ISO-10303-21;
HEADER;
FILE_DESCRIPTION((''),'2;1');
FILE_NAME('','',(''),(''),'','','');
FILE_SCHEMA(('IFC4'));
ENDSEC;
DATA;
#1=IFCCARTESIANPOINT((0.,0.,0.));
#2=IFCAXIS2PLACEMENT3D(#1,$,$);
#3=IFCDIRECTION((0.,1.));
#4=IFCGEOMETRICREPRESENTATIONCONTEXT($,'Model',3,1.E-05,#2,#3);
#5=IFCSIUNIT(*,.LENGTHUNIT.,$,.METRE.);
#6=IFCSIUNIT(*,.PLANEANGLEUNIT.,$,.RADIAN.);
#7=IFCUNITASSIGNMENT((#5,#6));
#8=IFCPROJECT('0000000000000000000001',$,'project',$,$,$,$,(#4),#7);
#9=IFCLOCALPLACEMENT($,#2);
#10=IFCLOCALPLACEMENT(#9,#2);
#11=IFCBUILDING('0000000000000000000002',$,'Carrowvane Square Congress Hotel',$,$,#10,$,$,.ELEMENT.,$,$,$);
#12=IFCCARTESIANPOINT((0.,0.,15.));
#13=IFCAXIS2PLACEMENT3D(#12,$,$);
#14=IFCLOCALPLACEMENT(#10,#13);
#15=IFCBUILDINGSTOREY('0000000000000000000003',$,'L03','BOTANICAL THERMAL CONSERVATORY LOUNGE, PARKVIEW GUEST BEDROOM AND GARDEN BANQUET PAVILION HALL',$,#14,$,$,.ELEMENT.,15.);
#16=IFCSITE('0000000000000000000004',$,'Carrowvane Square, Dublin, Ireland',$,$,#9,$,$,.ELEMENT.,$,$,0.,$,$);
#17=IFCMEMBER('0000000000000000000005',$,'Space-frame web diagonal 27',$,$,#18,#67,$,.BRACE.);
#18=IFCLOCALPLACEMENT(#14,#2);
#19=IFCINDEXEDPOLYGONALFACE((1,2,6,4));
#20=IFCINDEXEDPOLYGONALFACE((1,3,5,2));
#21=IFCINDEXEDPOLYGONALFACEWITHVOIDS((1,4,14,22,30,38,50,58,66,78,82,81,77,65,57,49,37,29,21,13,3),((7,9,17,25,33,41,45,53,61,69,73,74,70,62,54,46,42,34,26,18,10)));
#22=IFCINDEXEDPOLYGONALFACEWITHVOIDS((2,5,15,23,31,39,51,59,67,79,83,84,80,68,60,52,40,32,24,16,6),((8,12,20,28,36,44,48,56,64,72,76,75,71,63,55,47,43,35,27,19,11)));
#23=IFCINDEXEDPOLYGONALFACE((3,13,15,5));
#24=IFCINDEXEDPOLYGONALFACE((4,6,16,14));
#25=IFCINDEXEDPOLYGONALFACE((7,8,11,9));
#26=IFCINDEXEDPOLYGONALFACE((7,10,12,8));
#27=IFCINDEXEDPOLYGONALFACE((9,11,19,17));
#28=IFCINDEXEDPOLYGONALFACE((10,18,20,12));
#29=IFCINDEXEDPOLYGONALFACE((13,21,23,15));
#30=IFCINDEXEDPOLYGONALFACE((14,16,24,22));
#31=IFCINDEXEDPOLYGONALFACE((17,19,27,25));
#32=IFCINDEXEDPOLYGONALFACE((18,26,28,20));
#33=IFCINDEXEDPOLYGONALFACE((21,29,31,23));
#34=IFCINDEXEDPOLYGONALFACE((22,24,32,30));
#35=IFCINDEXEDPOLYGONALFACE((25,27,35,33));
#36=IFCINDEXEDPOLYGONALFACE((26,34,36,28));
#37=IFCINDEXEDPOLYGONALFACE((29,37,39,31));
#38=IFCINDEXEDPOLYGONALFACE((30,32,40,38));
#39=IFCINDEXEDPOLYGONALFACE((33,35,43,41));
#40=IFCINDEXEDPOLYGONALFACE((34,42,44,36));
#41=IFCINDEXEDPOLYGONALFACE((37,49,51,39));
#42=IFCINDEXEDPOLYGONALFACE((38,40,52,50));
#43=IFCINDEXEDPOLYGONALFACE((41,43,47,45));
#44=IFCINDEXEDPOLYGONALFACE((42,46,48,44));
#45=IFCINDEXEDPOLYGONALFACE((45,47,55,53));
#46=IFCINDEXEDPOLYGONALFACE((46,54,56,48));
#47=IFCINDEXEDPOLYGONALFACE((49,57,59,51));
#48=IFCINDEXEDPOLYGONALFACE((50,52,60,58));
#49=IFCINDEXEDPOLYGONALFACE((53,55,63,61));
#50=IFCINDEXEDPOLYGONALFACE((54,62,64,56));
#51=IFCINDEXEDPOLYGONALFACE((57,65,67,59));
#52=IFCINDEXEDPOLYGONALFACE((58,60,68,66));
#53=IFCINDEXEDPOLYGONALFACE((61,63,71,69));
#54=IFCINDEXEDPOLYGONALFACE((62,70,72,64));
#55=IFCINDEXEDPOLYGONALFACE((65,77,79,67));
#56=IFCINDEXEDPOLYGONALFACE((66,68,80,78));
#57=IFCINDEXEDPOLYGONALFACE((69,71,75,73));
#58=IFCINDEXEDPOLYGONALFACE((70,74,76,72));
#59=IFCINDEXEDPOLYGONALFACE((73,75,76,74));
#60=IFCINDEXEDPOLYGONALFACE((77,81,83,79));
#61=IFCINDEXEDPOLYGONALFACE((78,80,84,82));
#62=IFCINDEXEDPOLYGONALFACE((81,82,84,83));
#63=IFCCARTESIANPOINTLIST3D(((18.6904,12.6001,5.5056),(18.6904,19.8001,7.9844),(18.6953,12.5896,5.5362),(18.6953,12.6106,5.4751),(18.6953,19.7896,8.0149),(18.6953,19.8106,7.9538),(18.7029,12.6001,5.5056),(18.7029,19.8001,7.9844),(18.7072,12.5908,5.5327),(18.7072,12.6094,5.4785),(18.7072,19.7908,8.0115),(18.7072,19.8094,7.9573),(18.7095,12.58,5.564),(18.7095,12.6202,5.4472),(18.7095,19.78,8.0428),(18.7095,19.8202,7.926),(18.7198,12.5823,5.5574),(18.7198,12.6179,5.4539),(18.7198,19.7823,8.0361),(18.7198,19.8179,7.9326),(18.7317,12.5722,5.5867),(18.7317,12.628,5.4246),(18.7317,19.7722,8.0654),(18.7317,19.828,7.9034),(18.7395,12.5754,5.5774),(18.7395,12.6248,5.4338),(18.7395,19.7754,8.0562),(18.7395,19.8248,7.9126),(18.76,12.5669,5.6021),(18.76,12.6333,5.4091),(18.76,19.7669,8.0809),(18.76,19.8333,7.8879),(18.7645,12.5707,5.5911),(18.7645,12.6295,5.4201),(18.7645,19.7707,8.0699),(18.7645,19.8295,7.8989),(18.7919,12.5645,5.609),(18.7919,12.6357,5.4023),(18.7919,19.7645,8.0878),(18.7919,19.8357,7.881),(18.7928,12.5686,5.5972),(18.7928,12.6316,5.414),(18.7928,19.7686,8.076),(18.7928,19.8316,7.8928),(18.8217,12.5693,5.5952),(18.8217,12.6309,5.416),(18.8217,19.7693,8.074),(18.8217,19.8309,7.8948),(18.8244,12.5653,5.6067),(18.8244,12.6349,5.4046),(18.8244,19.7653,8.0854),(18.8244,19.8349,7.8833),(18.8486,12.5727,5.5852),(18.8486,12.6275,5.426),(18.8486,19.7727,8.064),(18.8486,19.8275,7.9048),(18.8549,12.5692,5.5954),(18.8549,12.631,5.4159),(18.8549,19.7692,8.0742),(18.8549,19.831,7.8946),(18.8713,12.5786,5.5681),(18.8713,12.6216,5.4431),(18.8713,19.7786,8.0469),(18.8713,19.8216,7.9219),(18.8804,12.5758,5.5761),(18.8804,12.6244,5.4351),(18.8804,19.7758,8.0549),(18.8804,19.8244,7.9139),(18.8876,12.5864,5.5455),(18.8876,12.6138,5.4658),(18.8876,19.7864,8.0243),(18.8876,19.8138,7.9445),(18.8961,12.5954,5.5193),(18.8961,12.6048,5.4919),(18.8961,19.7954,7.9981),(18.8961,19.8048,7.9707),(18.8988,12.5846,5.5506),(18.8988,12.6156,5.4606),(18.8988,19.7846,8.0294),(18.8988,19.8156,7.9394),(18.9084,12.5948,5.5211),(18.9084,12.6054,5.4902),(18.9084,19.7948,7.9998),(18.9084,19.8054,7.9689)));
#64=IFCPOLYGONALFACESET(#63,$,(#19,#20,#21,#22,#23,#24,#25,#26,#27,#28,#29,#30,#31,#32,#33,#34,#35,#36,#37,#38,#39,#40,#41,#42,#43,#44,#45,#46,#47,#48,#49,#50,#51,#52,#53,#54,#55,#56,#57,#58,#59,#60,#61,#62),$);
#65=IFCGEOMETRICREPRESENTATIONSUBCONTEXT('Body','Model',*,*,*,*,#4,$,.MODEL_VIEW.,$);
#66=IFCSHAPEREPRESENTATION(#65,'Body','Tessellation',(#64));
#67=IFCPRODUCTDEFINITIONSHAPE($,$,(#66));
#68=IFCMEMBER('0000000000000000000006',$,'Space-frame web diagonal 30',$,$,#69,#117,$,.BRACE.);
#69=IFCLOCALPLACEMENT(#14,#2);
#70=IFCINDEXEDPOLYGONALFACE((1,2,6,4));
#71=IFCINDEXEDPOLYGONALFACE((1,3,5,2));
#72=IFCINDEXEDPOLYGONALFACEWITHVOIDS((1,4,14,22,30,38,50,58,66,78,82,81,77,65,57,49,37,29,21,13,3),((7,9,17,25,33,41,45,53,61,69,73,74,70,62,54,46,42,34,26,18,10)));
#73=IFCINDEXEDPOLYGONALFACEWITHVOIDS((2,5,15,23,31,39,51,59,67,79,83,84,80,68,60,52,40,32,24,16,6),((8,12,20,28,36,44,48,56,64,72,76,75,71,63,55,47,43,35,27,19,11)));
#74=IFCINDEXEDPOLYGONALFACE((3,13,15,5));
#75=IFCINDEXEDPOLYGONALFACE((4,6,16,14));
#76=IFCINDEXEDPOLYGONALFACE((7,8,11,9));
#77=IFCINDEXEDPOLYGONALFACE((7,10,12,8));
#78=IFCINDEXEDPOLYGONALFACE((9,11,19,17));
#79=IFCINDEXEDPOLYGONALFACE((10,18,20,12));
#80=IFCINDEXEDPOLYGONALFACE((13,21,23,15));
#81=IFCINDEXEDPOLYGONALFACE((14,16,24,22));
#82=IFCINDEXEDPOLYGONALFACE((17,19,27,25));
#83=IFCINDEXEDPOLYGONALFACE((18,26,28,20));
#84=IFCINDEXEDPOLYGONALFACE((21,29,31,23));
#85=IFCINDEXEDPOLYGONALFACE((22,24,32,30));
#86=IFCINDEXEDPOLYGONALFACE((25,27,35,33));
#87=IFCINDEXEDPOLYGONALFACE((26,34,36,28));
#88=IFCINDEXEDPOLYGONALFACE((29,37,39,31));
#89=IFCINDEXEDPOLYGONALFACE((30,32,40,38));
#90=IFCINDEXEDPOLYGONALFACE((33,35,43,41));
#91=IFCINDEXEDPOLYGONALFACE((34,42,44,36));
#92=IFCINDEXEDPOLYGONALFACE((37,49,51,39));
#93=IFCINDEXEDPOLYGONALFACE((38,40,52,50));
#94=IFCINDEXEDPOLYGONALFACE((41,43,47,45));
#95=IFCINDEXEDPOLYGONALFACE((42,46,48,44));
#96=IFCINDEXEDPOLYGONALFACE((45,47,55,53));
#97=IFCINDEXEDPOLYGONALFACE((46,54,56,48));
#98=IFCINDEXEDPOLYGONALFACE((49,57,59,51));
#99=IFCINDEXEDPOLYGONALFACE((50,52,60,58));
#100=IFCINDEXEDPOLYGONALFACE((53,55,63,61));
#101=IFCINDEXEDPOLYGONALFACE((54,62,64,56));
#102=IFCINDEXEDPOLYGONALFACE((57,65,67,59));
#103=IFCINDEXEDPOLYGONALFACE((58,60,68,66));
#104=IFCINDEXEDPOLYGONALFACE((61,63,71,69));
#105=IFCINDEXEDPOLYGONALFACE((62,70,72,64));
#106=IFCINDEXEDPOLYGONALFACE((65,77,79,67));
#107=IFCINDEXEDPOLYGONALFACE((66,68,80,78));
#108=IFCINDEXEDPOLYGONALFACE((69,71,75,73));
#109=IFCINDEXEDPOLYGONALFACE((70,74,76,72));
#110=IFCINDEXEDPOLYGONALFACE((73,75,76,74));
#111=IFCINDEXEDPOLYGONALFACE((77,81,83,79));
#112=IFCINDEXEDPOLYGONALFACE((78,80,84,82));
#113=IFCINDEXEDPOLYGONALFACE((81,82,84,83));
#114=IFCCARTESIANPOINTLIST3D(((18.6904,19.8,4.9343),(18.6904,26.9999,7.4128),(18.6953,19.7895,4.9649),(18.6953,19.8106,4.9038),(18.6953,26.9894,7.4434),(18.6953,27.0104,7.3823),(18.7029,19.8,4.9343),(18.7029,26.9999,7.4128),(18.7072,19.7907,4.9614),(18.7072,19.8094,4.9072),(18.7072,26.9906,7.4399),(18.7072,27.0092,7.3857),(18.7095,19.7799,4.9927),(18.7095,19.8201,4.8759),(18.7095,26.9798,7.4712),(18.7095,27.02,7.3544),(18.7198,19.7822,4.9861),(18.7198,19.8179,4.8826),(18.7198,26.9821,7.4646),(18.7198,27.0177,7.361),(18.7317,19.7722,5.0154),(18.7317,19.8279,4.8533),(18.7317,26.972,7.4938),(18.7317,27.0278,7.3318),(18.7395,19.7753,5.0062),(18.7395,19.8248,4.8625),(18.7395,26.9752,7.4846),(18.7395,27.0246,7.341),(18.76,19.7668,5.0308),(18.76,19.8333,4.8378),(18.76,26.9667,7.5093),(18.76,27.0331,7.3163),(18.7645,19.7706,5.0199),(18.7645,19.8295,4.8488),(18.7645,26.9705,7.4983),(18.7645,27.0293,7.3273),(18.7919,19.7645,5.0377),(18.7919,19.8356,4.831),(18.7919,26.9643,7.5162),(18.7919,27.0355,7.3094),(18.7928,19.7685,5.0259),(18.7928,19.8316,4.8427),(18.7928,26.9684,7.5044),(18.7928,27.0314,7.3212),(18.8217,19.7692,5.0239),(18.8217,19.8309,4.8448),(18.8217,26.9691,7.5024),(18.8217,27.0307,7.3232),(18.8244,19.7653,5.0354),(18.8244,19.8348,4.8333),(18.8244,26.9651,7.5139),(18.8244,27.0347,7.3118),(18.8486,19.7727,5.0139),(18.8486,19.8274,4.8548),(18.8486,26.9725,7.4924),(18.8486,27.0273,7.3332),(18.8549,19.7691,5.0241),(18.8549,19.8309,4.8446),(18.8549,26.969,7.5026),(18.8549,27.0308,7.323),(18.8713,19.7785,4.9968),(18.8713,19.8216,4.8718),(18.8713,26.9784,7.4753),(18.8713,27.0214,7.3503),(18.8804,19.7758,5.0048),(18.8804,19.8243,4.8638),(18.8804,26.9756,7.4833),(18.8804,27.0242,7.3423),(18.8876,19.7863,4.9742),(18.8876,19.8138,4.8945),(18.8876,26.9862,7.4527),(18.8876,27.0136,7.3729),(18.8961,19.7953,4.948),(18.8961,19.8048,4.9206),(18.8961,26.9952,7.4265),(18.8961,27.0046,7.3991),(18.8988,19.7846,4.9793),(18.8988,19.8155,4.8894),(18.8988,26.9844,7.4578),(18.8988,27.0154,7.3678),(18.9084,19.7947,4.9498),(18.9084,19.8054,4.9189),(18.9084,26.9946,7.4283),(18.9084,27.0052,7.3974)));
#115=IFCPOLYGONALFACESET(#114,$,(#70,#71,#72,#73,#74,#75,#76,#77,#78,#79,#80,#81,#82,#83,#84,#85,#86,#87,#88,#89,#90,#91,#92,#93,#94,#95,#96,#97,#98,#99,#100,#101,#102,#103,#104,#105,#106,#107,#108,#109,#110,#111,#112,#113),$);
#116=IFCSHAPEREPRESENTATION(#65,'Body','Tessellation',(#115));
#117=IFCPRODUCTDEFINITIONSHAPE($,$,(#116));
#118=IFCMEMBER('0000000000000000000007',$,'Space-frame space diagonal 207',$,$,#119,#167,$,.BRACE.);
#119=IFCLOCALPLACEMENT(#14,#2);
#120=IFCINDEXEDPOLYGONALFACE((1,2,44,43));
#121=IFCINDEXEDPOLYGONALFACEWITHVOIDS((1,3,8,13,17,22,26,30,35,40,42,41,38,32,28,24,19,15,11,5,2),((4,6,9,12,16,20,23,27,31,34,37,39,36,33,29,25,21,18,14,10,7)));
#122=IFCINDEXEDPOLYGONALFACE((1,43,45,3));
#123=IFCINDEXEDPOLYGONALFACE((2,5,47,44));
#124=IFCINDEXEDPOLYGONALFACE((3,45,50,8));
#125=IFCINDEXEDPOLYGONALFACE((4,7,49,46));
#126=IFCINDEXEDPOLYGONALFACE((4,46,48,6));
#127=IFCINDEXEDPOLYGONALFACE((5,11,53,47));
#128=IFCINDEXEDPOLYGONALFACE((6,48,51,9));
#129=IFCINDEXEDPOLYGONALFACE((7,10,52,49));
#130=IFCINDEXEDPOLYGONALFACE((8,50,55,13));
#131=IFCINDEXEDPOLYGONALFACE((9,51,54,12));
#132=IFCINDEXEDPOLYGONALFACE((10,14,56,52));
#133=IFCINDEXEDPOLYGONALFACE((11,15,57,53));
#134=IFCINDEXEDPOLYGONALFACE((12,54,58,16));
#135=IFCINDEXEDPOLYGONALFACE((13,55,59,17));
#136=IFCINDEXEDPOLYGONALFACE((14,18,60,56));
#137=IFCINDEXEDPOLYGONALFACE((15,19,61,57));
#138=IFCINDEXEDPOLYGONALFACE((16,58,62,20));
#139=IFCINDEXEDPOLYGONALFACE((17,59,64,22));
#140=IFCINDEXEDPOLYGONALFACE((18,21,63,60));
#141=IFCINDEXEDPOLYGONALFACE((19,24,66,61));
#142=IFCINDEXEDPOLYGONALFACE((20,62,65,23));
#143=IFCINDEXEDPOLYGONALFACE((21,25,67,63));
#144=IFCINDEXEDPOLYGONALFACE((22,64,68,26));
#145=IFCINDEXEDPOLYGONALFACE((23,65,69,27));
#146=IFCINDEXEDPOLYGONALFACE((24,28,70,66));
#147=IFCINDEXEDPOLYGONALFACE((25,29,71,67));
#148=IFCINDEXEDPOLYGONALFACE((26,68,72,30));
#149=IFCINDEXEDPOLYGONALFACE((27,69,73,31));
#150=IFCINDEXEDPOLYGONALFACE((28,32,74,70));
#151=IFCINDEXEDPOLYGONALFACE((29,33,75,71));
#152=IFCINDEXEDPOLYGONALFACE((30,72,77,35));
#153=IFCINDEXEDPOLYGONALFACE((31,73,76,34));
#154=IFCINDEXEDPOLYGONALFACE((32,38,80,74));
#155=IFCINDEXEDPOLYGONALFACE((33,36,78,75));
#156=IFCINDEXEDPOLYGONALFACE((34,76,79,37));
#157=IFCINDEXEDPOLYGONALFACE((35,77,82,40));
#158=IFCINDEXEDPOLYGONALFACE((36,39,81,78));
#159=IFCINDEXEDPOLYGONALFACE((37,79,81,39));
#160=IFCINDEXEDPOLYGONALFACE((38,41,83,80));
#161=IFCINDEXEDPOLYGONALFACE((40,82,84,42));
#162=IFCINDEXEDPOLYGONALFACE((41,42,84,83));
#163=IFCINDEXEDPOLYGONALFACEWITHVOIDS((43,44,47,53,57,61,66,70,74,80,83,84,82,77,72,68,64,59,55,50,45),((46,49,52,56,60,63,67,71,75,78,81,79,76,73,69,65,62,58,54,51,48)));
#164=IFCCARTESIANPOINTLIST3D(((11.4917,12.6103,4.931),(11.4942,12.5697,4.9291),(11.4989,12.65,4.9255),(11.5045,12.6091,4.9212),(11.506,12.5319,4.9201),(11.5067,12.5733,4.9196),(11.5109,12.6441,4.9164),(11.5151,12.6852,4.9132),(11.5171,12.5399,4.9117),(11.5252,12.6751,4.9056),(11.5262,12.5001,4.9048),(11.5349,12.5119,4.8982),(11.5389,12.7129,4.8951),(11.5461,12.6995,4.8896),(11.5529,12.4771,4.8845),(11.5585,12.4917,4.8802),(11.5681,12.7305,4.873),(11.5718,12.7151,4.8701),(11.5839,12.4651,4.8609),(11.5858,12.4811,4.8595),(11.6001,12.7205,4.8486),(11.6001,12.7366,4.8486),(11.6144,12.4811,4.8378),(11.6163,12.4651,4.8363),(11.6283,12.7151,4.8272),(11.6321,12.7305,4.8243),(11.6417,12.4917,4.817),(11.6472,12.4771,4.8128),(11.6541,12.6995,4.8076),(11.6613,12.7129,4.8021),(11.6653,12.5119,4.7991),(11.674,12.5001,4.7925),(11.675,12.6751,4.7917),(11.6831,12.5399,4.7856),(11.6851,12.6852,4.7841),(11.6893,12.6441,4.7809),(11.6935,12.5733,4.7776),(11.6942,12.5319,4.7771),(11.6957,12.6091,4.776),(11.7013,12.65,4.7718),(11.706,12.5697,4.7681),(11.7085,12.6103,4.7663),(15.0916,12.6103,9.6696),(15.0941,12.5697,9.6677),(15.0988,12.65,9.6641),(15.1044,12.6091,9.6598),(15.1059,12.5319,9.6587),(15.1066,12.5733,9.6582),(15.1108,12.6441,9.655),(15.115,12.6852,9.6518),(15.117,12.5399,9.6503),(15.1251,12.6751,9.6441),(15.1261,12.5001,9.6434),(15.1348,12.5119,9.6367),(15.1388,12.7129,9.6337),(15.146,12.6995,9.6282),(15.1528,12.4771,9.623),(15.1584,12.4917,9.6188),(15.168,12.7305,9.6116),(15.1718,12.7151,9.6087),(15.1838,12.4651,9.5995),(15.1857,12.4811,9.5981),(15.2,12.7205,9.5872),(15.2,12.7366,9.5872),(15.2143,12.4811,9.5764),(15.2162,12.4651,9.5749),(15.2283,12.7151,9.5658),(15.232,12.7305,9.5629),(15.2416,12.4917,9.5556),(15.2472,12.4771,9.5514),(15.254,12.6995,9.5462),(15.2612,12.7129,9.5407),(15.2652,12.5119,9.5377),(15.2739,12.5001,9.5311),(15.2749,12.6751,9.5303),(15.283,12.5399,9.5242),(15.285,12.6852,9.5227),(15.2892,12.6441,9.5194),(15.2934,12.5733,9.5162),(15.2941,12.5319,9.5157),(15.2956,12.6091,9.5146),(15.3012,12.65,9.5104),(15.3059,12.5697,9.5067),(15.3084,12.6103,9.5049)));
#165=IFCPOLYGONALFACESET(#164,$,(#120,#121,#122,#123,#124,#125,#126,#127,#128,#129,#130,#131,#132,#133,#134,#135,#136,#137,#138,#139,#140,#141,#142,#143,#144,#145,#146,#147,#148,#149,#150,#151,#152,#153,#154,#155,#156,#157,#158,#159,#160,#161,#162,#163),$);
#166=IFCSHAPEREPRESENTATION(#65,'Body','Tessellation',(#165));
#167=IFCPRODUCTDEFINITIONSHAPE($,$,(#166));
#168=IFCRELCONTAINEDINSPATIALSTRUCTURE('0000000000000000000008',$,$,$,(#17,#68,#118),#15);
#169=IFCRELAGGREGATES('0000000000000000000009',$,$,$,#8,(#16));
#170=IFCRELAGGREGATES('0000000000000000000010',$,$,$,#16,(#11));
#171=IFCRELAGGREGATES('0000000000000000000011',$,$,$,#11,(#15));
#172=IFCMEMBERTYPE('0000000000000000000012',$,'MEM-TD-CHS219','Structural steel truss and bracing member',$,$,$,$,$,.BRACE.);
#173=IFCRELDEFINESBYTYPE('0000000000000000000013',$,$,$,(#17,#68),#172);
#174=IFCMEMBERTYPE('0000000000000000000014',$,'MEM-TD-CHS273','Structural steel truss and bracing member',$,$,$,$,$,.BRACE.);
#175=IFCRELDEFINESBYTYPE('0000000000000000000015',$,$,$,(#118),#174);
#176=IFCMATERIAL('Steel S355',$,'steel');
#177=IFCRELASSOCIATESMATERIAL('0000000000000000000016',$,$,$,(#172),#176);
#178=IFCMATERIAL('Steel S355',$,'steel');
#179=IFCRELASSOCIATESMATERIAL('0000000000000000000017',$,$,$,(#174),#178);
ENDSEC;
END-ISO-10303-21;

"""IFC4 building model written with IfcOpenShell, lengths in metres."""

from ifc_helpers import new_model, si_unit, direction, frame, origin, origin_2d, place, context, subcontext, project, spatial, hollow_circle, extrude, material, material_profile, profile_set, type_object, element, save


model = new_model("IFC4")

# Units and contexts
model_context = context("Model", 3, precision=1e-05, world=origin(), true_north=direction((0.0, 1.0)))
body_context = subcontext(model_context, "Body", "Model", "MODEL_VIEW")
ifc_project = project(units=[si_unit("LENGTHUNIT", "METRE"), si_unit("PLANEANGLEUNIT", "RADIAN")], contexts=[model_context])

# Site, building, storey
site_placement = place(None, origin())
site = spatial("IfcSite", under=ifc_project, at=site_placement, Name="Carrowvane Square, Dublin, Ireland", CompositionType="ELEMENT", RefElevation=0.0)
building_placement = place(site_placement, origin())
building = spatial("IfcBuilding", under=site, at=building_placement, Name="Carrowvane Square Congress Hotel", CompositionType="ELEMENT")
storey_placement = place(building_placement, frame((0.0, 0.0, 15.0)))
storey = spatial("IfcBuildingStorey", under=building, at=storey_placement, Name="L03", Description="BOTANICAL THERMAL CONSERVATORY LOUNGE, PARKVIEW GUEST BEDROOM AND GARDEN BANQUET PAVILION HALL", CompositionType="ELEMENT", Elevation=15.0)

# Members
ifc_material_1 = material(Name="Steel S355", Category="steel")
ifc_material_profile_1 = material_profile(ifc_material_1, hollow_circle(Radius=0.1096, WallThickness=0.0125, at=origin_2d()), Name="CHS 219.1x12.5")
ifc_profile_set_1 = profile_set([ifc_material_profile_1], Name="Steel S355")
member_type_1 = type_object("IfcMemberType", Name="MEM-TD-CHS219", Description="Structural steel truss and bracing member", PredefinedType="BRACE", material=ifc_profile_set_1)
member_1_placement = place(storey_placement, frame((18.8, 12.6001, 5.5056), z_axis=(0.0, 0.945534, 0.325523), x_axis=(-1.0, 0.0, 0.0)))
element("IfcMember", 1, at=member_1_placement, inside=storey, type_object=member_type_1, Name="Space-frame web diagonal 27", PredefinedType="BRACE", context=body_context, shape_type="SweptSolid", body=[
    extrude(hollow_circle(Radius=0.1096, WallThickness=0.0125, at=origin_2d()), origin(), (0.0, 0.0, 1.0), 7.6147),
])
member_2_placement = place(storey_placement, frame((18.8, 19.8, 4.9343), z_axis=(0.0, 0.945544, 0.325495), x_axis=(-1.0, 0.0, 0.0)))
element("IfcMember", 2, at=member_2_placement, inside=storey, type_object=member_type_1, Name="Space-frame web diagonal 30", PredefinedType="BRACE", context=body_context, shape_type="SweptSolid", body=[
    extrude(hollow_circle(Radius=0.1096, WallThickness=0.0125, at=origin_2d()), origin(), (0.0, 0.0, 1.0), 7.6145),
])
ifc_material_2 = material(Name="Steel S355", Category="steel")
ifc_material_profile_2 = material_profile(ifc_material_2, hollow_circle(Radius=0.1365, WallThickness=0.0161, at=origin_2d()), Name="CHS 273.0x16")
ifc_profile_set_2 = profile_set([ifc_material_profile_2], Name="Steel S355")
member_type_2 = type_object("IfcMemberType", Name="MEM-TD-CHS273", Description="Structural steel truss and bracing member", PredefinedType="BRACE", material=ifc_profile_set_2)
for number, where, z_axis, x_axis, name in (
    (3, (11.6001, 12.6001, 4.8486), (0.604931, 0.0, 0.796278), (0.0, 1.0, 0.0), "Space-frame space diagonal 207"),
):
    element("IfcMember", number, at=place(storey_placement, frame(where, z_axis=z_axis, x_axis=x_axis)), inside=storey, type_object=member_type_2, Name=name, PredefinedType="BRACE", context=body_context, shape_type="SweptSolid", body=[
        extrude(hollow_circle(Radius=0.1365, WallThickness=0.0161, at=origin_2d()), origin(), (0.0, 0.0, 1.0), 5.9509),
    ])

save(model, "model.ifc")
